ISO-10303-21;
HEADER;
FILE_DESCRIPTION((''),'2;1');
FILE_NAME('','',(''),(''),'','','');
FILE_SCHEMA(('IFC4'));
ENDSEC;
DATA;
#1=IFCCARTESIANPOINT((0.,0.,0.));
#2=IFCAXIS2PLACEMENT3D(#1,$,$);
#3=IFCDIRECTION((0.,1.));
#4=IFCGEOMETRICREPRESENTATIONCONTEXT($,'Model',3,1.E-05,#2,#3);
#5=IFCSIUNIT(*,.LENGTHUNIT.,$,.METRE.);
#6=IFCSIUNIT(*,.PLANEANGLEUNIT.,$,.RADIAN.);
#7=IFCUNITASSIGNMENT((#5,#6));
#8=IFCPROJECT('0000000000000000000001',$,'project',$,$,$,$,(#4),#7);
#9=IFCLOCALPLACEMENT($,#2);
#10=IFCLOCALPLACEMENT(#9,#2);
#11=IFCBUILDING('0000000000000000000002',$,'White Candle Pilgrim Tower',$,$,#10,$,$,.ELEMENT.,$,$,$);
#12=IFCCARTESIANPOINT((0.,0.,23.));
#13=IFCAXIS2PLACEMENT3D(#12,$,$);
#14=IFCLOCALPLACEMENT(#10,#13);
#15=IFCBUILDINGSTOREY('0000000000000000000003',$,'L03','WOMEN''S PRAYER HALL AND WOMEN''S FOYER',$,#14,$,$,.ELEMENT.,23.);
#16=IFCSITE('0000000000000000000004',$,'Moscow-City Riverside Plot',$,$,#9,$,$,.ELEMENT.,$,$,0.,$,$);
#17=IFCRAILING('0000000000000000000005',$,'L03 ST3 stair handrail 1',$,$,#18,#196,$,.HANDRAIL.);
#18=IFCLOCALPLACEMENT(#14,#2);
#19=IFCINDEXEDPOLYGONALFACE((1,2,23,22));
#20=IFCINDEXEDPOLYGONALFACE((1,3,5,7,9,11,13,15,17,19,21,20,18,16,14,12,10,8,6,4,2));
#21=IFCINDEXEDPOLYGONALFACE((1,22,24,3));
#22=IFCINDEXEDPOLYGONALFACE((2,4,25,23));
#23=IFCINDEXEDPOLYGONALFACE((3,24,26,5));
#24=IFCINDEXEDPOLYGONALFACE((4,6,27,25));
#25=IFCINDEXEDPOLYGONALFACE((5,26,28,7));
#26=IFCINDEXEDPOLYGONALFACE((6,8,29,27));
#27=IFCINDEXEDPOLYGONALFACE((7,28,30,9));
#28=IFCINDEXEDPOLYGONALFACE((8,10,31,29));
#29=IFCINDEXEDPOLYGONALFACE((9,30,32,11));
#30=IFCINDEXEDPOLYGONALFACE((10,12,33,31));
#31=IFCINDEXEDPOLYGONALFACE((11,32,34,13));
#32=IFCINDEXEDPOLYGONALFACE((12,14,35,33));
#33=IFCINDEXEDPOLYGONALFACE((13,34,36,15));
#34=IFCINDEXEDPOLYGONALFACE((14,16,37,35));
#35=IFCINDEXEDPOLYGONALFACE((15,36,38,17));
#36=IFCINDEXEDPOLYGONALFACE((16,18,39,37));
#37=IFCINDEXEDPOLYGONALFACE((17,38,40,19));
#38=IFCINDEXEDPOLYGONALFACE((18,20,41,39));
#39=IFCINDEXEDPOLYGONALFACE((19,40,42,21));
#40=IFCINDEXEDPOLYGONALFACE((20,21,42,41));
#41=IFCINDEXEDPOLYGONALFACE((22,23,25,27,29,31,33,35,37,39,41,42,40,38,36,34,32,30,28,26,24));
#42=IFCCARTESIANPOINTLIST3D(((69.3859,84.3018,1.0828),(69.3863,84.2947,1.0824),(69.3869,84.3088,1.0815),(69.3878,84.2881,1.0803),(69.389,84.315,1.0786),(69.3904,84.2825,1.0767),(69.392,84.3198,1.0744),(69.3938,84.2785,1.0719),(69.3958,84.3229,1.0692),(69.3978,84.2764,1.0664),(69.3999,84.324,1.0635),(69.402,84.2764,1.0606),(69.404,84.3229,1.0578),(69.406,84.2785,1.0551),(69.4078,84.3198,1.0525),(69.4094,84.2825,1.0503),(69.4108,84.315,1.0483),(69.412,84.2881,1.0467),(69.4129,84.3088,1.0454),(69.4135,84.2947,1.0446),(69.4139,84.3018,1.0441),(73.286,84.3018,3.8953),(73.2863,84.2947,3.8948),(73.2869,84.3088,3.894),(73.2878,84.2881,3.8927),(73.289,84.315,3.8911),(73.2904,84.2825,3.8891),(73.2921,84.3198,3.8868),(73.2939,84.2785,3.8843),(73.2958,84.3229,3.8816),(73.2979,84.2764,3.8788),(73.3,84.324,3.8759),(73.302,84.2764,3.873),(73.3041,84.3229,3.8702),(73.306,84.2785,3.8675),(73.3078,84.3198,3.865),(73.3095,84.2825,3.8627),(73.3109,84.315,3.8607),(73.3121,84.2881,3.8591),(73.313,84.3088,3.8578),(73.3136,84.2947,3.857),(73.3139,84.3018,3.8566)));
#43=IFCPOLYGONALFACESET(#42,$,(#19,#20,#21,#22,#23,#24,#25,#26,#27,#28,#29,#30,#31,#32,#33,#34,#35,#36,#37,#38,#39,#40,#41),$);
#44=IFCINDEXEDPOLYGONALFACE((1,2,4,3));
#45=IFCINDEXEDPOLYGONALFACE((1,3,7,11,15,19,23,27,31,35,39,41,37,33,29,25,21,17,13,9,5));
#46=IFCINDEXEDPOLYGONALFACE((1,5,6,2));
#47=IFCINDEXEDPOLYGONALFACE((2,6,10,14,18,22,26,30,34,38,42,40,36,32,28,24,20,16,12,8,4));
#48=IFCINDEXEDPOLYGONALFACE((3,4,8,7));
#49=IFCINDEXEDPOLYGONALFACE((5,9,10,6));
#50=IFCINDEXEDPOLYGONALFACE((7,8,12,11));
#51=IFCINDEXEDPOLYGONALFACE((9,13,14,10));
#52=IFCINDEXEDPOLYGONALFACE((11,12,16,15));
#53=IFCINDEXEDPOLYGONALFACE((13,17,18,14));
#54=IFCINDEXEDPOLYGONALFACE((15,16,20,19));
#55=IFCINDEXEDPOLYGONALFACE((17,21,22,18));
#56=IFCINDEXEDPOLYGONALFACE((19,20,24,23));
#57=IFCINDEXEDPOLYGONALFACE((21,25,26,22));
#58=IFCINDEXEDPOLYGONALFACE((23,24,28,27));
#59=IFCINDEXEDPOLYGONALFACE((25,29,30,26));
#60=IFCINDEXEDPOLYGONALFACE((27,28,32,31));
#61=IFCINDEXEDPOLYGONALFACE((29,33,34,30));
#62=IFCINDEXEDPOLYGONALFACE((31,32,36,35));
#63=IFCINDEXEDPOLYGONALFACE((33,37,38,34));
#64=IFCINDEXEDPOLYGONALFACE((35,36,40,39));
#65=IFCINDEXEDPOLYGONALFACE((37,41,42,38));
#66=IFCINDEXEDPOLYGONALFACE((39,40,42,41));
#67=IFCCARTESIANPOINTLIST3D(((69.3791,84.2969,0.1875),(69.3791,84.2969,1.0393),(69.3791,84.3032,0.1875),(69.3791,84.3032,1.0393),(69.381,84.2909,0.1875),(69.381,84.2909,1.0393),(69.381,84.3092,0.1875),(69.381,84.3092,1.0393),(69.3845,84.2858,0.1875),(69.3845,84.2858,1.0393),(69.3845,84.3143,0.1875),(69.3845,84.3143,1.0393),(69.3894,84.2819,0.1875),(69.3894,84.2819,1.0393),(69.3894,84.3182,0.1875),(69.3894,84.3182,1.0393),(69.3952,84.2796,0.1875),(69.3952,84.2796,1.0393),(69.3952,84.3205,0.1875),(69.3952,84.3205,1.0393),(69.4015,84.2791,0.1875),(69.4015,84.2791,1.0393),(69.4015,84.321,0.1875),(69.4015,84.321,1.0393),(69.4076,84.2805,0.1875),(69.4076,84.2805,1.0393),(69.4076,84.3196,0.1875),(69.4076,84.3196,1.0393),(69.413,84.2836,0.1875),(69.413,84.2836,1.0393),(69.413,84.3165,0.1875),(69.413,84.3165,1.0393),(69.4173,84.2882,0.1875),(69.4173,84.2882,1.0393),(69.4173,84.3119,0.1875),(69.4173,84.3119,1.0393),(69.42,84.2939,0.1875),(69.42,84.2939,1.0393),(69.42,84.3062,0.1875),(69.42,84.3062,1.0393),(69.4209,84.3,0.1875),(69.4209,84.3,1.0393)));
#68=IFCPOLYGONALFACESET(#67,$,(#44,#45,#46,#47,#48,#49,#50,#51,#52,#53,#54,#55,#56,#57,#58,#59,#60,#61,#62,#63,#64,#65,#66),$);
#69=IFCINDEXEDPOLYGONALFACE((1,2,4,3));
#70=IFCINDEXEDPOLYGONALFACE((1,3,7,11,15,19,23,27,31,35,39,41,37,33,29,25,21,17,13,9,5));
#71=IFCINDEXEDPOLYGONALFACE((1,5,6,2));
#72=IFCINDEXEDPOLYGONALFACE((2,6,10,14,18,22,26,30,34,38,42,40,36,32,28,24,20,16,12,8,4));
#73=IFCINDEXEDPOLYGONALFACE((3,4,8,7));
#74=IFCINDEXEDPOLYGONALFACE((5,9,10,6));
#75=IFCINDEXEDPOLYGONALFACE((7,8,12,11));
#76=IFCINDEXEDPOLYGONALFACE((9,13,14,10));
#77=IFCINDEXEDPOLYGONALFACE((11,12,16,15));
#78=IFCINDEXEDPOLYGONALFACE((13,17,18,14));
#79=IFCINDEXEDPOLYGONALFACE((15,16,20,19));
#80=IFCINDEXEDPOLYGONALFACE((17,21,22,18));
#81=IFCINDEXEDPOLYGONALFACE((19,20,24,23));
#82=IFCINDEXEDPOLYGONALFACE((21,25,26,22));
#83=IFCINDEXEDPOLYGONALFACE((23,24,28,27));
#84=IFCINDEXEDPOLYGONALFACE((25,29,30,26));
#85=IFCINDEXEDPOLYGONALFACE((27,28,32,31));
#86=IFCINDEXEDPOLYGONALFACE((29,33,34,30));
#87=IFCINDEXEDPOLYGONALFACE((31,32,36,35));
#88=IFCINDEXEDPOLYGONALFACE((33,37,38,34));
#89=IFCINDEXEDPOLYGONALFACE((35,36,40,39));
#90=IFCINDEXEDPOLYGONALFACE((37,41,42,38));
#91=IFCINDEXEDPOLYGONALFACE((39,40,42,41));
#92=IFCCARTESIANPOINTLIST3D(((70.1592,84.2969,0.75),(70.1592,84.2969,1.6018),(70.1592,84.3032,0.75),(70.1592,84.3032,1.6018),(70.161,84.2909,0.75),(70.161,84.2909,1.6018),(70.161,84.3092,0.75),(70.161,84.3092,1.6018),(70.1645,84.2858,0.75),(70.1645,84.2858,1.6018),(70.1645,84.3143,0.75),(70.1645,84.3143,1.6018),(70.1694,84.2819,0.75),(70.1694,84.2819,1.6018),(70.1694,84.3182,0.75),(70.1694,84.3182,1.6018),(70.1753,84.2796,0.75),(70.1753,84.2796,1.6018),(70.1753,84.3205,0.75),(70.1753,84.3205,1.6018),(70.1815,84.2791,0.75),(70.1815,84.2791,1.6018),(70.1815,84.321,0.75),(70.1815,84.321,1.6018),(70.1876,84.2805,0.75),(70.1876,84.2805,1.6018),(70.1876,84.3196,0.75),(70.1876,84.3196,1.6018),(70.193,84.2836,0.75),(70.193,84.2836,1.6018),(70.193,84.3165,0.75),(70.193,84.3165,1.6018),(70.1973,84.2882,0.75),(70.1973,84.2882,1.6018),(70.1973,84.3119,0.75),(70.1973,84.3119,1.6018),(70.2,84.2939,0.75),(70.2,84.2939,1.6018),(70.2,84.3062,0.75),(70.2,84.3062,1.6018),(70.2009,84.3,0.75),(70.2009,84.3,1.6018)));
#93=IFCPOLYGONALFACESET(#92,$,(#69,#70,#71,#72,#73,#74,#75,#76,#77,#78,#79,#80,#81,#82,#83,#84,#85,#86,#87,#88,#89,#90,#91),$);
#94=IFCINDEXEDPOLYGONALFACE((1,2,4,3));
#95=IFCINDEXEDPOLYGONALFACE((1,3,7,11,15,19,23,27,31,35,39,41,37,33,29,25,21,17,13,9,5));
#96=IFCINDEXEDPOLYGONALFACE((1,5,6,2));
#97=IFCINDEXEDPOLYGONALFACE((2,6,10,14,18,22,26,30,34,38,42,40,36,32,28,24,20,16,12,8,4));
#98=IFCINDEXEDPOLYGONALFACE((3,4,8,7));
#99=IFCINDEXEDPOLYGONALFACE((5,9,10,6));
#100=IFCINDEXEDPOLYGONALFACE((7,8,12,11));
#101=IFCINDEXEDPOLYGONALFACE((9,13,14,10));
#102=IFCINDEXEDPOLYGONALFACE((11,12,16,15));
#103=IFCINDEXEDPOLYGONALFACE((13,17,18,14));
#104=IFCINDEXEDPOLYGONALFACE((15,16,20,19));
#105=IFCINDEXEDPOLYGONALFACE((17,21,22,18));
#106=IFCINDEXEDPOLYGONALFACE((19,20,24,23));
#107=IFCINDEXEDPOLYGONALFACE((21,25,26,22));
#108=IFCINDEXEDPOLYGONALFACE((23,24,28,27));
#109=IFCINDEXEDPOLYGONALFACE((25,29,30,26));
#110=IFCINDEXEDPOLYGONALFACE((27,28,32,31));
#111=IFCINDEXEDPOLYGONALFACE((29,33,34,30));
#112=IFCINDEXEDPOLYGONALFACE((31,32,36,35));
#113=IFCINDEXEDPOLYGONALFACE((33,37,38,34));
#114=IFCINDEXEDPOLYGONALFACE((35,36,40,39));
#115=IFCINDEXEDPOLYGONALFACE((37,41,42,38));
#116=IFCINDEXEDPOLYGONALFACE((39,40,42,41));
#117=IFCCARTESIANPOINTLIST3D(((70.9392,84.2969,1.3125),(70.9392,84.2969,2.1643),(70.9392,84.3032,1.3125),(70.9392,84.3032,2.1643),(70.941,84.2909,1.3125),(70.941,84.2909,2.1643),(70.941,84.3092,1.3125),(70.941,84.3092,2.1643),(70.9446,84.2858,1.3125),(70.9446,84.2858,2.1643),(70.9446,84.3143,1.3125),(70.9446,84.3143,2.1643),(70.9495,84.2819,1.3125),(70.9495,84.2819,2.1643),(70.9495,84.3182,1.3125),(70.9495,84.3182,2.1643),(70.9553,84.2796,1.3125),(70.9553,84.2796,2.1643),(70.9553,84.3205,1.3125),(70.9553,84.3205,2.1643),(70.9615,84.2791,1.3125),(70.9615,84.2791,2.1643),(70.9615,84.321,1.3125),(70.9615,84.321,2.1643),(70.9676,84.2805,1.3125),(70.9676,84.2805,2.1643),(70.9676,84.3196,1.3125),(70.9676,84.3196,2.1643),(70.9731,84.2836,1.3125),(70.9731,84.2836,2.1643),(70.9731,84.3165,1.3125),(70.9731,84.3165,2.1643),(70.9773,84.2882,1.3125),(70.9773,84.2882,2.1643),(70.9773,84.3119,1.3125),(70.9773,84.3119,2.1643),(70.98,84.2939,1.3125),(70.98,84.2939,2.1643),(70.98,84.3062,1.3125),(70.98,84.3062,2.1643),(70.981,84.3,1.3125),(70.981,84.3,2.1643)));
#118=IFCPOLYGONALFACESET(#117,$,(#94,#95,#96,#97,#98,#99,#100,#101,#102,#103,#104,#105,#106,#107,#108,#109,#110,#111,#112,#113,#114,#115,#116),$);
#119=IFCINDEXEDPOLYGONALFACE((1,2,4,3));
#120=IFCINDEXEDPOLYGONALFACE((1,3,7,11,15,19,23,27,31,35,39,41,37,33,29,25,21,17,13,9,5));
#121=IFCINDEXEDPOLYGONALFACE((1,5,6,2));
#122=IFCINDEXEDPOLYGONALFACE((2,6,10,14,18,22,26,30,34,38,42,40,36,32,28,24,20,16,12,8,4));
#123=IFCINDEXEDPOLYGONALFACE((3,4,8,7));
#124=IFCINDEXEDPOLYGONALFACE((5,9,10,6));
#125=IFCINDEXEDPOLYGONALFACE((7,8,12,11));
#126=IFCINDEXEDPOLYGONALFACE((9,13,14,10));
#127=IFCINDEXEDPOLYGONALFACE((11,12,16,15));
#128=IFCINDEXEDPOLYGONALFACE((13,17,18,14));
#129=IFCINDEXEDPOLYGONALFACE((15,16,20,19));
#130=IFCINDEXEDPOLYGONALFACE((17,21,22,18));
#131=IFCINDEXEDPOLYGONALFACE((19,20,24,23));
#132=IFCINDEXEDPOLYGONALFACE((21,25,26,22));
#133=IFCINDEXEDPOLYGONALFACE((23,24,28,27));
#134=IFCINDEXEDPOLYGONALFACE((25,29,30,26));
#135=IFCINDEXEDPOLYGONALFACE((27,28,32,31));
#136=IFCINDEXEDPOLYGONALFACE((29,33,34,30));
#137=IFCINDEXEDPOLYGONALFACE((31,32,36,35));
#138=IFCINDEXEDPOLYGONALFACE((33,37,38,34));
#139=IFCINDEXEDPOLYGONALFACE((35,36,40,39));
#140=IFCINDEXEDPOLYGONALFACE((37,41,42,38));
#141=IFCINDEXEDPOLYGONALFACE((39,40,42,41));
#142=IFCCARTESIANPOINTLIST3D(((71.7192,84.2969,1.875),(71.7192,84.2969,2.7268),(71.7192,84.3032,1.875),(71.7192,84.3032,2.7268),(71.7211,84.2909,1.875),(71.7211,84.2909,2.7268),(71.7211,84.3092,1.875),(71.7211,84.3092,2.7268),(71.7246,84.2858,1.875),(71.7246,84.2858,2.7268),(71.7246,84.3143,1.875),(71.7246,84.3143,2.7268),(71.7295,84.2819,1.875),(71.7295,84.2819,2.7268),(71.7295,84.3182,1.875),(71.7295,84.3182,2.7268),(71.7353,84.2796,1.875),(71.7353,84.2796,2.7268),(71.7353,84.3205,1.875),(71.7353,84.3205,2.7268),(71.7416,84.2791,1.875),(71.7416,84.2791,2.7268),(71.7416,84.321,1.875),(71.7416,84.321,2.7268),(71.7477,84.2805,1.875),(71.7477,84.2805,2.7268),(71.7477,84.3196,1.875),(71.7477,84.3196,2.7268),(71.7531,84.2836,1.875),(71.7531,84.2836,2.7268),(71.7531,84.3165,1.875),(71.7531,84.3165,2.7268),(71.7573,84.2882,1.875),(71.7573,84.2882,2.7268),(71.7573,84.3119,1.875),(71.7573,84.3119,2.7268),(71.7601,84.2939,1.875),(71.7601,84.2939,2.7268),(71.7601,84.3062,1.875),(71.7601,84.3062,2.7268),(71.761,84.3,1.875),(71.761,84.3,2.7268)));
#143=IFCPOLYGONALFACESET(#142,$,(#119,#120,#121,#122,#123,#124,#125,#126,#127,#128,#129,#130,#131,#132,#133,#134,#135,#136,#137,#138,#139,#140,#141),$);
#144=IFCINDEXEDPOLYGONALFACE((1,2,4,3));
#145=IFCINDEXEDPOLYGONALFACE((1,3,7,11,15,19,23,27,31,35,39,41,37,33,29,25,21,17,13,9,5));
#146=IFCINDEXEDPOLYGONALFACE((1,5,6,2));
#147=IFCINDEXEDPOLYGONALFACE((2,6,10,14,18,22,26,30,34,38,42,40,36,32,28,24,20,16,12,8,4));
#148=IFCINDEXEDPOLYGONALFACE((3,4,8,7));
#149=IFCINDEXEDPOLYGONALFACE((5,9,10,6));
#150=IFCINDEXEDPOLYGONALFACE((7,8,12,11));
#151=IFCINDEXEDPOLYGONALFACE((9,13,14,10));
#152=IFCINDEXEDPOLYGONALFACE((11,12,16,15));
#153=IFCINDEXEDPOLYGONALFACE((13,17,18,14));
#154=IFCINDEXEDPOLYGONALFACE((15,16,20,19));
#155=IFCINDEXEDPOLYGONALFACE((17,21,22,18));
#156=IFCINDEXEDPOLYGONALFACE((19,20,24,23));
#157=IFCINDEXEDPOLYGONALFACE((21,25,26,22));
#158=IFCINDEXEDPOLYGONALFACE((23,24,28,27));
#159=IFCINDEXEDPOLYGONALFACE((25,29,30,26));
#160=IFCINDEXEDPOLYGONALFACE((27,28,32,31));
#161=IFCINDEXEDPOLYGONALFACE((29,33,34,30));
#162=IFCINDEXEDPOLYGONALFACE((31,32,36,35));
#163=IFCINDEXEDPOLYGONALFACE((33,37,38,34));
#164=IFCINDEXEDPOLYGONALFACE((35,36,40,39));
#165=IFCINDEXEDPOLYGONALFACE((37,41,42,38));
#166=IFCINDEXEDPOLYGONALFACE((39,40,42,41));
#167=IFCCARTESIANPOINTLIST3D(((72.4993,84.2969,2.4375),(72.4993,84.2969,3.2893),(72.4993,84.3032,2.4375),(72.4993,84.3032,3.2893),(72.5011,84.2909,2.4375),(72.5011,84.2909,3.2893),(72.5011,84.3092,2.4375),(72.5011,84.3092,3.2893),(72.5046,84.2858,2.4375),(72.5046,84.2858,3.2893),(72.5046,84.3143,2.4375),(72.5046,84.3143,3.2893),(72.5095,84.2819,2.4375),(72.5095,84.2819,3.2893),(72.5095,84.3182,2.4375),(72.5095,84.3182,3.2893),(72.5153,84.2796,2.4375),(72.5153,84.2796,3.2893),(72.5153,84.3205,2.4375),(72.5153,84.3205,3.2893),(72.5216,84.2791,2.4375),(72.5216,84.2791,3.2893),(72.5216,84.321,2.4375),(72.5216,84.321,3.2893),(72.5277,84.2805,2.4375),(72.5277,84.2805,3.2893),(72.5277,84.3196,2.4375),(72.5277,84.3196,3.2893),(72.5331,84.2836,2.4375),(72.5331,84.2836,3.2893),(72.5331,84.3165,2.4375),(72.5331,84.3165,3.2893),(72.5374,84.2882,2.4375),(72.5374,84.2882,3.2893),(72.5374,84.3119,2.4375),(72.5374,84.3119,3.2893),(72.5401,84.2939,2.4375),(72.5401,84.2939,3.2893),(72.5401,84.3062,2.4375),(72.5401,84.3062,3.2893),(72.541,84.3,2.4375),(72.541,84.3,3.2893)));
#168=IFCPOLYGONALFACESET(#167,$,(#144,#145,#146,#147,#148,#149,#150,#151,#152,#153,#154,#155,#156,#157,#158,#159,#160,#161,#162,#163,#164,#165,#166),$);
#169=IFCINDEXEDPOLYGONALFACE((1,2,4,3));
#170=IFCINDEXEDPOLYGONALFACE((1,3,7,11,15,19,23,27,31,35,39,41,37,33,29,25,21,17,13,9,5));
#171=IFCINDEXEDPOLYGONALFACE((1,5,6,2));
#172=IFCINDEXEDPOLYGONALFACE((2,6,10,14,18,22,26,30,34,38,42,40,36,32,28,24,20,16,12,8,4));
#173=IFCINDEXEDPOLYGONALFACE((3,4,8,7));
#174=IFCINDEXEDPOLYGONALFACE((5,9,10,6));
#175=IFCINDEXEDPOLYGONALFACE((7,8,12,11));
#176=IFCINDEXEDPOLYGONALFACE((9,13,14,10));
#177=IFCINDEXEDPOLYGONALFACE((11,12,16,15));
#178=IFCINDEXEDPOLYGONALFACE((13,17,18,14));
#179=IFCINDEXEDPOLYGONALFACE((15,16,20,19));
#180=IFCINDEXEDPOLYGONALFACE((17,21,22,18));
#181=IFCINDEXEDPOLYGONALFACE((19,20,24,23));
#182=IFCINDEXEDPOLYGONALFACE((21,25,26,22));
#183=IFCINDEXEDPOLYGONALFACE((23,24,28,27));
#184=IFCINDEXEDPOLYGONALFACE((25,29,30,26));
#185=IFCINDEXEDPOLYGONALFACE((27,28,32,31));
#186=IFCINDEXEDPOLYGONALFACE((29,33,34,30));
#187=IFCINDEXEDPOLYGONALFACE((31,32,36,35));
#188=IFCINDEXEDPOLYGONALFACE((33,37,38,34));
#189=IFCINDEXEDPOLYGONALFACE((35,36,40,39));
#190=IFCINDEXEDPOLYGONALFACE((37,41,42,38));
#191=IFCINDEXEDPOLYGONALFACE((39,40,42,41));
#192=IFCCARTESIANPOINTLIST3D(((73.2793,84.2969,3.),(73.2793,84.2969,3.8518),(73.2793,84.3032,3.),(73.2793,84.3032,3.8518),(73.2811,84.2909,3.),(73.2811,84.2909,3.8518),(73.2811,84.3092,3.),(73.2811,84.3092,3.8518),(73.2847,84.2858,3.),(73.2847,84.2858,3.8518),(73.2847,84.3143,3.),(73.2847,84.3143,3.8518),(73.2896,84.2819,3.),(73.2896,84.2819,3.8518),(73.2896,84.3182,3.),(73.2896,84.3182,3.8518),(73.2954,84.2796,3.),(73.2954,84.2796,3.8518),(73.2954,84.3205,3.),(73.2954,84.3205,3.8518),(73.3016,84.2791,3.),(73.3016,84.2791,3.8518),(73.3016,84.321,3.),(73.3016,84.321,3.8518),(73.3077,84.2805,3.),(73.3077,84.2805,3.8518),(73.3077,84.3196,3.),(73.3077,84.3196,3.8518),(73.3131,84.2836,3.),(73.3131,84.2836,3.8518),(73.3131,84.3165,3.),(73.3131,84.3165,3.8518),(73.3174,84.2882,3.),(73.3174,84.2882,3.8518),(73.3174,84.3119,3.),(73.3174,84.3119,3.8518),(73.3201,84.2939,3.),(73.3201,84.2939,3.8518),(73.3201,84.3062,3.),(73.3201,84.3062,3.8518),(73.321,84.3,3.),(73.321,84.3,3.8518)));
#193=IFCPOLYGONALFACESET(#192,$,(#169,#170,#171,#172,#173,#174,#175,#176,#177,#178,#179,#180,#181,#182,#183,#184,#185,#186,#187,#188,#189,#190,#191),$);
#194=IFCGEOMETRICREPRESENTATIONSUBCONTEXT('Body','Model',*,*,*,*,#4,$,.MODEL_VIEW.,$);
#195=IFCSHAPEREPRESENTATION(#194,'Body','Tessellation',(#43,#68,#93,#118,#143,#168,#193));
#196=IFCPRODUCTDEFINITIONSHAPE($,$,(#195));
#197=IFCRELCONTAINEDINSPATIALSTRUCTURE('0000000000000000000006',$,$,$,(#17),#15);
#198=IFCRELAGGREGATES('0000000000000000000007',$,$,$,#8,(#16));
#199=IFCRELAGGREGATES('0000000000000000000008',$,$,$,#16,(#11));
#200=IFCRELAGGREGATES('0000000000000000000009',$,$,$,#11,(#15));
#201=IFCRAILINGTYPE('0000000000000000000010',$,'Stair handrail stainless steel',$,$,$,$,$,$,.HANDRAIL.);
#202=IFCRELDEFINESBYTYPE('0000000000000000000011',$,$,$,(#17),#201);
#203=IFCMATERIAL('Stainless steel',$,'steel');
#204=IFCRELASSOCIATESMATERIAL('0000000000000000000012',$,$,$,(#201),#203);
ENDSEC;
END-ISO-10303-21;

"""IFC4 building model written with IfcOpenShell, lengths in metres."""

from ifc_helpers import new_model, si_unit, direction, frame, origin, origin_2d, place, context, subcontext, project, spatial, circle, extrude, material, type_object, element, save


model = new_model("IFC4")

# Units and contexts
model_context = context("Model", 3, precision=1e-05, world=origin(), true_north=direction((0.0, 1.0)))
body_context = subcontext(model_context, "Body", "Model", "MODEL_VIEW")
ifc_project = project(units=[si_unit("LENGTHUNIT", "METRE"), si_unit("PLANEANGLEUNIT", "RADIAN")], contexts=[model_context])

# Site, building, storey
site_placement = place(None, origin())
site = spatial("IfcSite", under=ifc_project, at=site_placement, Name="Moscow-City Riverside Plot", CompositionType="ELEMENT", RefElevation=0.0)
building_placement = place(site_placement, origin())
building = spatial("IfcBuilding", under=site, at=building_placement, Name="White Candle Pilgrim Tower", CompositionType="ELEMENT")
storey_placement = place(building_placement, frame((0.0, 0.0, 23.0)))
storey = spatial("IfcBuildingStorey", under=building, at=storey_placement, Name="L03", Description="WOMEN'S PRAYER HALL AND WOMEN'S FOYER", CompositionType="ELEMENT", Elevation=23.0)

# Railing
ifc_material_1 = material(Name="Stainless steel", Category="steel")
railing_type_1 = type_object("IfcRailingType", Name="Stair handrail stainless steel", PredefinedType="HANDRAIL", material=ifc_material_1)
railing_1_placement = place(storey_placement, frame((69.3999, 84.3, 0.1875)))
element("IfcRailing", 1, at=railing_1_placement, inside=storey, type_object=railing_type_1, Name="L03 ST3 stair handrail 1", PredefinedType="HANDRAIL", context=body_context, shape_type="SweptSolid", body=[
    extrude(circle(Radius=0.0239, at=origin_2d()), frame((0.0, 0.0, 0.876), z_axis=(0.811101, 0.0, 0.584906), x_axis=(0.0, 1.0, 0.0)), (0.0, 0.0, 1.0), 4.8083),
    extrude(circle(Radius=0.021, at=origin_2d()), origin(), (0.0, 0.0, 1.0), 0.8518),
    extrude(circle(Radius=0.021, at=origin_2d()), frame((0.78, 0.0, 0.5625)), (0.0, 0.0, 1.0), 0.8518),
    extrude(circle(Radius=0.021, at=origin_2d()), frame((1.5601, 0.0, 1.125)), (0.0, 0.0, 1.0), 0.8518),
    extrude(circle(Radius=0.021, at=origin_2d()), frame((2.3401, 0.0, 1.6875)), (0.0, 0.0, 1.0), 0.8518),
    extrude(circle(Radius=0.021, at=origin_2d()), frame((3.1201, 0.0, 2.25)), (0.0, 0.0, 1.0), 0.8518),
    extrude(circle(Radius=0.021, at=origin_2d()), frame((3.9001, 0.0, 2.8125)), (0.0, 0.0, 1.0), 0.8518),
])

save(model, "model.ifc")
